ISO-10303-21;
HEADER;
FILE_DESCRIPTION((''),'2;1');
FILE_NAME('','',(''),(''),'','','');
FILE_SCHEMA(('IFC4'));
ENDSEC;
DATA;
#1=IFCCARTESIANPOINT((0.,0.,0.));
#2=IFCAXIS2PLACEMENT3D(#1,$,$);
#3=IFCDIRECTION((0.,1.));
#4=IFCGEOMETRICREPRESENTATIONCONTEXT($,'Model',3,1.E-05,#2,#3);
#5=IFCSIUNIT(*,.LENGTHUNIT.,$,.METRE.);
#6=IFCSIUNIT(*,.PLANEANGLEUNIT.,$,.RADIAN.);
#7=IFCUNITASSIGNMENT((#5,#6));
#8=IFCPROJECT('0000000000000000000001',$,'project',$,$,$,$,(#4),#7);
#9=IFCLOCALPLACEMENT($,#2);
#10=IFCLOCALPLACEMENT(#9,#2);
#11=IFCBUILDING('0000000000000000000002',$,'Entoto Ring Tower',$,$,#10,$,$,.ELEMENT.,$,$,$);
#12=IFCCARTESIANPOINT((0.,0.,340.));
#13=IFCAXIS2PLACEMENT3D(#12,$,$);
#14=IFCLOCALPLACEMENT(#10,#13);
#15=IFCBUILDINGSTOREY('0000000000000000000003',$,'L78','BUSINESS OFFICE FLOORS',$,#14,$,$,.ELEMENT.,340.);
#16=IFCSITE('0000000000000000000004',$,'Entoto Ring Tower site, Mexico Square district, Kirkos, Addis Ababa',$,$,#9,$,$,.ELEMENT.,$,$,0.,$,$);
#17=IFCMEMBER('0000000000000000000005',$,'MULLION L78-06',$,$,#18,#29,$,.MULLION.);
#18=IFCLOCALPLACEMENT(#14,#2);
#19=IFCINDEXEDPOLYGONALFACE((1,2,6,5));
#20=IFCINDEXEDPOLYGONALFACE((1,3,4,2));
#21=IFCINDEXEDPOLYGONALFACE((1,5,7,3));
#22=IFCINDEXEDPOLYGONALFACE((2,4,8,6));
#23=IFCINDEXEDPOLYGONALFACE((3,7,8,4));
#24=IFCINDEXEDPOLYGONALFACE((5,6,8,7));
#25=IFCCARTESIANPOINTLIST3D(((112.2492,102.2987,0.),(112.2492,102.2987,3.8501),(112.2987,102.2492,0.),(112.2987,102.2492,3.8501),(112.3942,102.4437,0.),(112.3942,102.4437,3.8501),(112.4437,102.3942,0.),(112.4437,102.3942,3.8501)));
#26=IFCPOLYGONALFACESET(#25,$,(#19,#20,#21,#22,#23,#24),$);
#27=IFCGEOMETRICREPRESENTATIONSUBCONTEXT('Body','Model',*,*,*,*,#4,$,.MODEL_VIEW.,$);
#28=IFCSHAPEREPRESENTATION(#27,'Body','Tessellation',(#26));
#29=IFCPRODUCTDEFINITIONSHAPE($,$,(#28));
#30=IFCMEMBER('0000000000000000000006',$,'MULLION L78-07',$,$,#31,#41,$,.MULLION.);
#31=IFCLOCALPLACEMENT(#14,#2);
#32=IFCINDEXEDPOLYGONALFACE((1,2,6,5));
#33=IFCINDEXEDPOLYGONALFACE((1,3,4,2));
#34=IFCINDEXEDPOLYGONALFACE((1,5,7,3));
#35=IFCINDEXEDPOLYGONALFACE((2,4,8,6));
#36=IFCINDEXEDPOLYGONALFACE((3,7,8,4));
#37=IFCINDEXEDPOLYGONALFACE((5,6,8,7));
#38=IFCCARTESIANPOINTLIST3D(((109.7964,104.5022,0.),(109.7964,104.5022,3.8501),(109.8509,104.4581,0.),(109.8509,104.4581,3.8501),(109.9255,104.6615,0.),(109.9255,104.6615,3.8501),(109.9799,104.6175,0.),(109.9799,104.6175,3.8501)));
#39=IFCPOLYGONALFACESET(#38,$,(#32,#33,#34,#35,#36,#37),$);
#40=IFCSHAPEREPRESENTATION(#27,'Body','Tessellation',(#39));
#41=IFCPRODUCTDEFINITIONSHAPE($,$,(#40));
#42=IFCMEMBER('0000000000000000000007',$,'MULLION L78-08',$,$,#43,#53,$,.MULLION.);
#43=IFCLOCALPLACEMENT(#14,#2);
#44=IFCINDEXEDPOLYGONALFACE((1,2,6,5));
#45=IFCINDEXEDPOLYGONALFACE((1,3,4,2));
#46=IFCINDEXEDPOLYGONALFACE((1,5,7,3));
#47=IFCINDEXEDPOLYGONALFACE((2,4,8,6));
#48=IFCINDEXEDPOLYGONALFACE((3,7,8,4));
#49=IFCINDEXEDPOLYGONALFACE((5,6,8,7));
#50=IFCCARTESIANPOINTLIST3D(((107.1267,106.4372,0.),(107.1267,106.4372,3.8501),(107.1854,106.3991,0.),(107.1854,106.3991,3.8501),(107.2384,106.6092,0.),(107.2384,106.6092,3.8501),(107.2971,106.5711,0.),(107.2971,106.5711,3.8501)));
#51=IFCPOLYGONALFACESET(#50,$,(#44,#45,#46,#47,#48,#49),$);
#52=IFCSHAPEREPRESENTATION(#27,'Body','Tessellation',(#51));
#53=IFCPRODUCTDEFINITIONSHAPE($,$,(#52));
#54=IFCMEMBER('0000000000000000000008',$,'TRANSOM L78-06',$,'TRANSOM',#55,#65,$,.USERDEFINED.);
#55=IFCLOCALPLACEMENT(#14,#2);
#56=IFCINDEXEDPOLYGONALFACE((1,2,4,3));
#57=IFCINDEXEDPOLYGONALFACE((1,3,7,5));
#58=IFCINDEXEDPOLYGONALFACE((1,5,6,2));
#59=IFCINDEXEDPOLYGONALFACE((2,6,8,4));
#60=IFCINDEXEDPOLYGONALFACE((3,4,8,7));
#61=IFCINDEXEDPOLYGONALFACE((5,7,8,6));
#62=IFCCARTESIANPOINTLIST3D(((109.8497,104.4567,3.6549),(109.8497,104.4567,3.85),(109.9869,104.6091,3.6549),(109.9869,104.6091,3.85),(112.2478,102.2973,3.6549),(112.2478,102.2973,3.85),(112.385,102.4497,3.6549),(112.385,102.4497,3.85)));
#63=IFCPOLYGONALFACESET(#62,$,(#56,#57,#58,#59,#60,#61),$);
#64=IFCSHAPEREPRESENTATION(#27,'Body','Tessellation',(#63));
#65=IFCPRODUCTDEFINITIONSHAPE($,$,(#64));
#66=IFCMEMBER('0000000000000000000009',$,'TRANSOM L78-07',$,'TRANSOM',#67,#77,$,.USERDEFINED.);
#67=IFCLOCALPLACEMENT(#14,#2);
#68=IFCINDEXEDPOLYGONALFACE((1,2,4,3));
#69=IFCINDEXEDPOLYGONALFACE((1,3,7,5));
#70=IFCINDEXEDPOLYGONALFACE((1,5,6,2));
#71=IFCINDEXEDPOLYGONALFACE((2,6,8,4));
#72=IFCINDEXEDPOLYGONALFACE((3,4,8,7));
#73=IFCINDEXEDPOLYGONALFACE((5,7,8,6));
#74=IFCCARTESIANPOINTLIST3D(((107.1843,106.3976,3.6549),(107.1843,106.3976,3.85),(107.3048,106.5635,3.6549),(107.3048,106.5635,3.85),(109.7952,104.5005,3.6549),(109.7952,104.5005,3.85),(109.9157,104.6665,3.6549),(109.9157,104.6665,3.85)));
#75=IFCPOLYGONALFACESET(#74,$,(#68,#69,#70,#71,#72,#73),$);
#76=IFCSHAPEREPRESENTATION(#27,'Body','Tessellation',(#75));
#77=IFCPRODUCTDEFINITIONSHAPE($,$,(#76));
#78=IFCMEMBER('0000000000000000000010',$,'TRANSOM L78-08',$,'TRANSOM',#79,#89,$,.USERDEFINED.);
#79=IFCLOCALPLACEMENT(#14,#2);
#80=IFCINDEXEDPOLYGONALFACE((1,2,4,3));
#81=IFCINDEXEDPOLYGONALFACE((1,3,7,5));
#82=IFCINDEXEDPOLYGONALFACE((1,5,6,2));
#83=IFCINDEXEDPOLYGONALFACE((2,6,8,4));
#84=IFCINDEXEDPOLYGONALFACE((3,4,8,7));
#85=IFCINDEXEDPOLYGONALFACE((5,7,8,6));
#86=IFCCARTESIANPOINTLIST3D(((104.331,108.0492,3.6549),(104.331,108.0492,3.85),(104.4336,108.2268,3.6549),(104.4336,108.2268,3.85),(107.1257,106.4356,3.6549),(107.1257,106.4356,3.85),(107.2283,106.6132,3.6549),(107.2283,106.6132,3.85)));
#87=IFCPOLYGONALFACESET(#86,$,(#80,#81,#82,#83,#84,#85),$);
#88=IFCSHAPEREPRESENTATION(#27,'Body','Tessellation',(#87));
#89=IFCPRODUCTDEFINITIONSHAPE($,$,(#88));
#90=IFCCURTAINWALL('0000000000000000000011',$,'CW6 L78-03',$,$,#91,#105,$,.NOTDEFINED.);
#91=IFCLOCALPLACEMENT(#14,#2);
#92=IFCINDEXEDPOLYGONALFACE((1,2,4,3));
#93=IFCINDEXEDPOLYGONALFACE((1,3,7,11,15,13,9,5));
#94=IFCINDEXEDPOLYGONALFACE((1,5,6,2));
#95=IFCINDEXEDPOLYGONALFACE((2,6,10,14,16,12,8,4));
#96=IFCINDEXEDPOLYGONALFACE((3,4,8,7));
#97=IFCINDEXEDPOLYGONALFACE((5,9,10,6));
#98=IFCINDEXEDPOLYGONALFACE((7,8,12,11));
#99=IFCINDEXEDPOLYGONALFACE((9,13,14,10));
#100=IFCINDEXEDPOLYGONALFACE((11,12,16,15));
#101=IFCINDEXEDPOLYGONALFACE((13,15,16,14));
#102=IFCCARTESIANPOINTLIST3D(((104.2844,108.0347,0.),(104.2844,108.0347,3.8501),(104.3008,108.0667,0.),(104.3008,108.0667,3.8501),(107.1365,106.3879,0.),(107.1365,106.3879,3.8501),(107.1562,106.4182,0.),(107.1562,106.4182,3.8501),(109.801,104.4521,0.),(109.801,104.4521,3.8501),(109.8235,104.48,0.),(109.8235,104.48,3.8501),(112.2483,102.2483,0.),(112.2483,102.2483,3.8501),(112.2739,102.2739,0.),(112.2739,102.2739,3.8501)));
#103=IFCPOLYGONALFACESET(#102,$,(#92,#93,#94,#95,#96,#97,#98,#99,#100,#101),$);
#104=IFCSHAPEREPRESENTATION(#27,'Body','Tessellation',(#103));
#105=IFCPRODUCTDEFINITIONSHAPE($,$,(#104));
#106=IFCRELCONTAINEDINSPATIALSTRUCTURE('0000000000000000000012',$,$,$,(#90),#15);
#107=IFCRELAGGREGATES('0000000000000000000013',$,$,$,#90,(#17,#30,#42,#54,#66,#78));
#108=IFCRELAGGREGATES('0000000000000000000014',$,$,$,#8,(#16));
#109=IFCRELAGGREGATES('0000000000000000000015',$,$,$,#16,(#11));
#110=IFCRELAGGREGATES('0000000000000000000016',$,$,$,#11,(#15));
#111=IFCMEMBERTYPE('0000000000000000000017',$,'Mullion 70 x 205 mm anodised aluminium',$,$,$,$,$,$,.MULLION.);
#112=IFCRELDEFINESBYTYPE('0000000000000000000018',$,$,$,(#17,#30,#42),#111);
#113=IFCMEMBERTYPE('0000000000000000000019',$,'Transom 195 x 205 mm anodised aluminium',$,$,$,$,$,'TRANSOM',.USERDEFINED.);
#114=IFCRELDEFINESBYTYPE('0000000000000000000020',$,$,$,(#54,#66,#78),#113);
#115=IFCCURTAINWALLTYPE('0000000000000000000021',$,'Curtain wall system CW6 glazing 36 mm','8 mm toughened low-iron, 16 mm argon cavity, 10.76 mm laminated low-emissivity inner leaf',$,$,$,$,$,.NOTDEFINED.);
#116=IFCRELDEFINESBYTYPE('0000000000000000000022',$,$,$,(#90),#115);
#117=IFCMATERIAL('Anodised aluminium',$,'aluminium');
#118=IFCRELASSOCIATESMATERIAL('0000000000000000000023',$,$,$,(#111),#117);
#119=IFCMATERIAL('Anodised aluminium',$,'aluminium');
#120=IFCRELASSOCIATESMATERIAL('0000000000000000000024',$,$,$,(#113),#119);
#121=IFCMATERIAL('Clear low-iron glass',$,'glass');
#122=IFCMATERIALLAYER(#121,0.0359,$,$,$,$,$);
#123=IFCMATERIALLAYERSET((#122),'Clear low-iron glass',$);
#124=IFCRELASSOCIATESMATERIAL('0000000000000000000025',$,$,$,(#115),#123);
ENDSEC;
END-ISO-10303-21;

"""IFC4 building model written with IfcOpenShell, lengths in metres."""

from ifc_helpers import new_model, si_unit, direction, frame, origin, origin_2d, place, context, subcontext, project, spatial, polyline, rectangle, outline, extrude, material, layer, layer_set, material_profile, profile_set, type_object, element, aggregate, save


model = new_model("IFC4")

# Units and contexts
model_context = context("Model", 3, precision=1e-05, world=origin(), true_north=direction((0.0, 1.0)))
body_context = subcontext(model_context, "Body", "Model", "MODEL_VIEW")
ifc_project = project(units=[si_unit("LENGTHUNIT", "METRE"), si_unit("PLANEANGLEUNIT", "RADIAN")], contexts=[model_context])

# Members
ifc_material_1 = material(Name="Anodised aluminium", Category="aluminium")
ifc_material_profile_1 = material_profile(ifc_material_1, rectangle(XDim=0.0701, YDim=0.2051, at=origin_2d()), Name="Mullion 70 x 205 mm anodised aluminium")
ifc_profile_set_1 = profile_set([ifc_material_profile_1], Name="Anodised aluminium")
member_type_1 = type_object("IfcMemberType", Name="Mullion 70 x 205 mm anodised aluminium", PredefinedType="MULLION", material=ifc_profile_set_1)
site_placement = place(None, origin())
building_placement = place(site_placement, origin())
storey_placement = place(building_placement, frame((0.0, 0.0, 340.0)))
member_1_placement = place(storey_placement, frame((112.3464, 102.3464, 0.0), z_axis=(0.0, 0.0, 1.0), x_axis=(-0.707107, 0.707107, 0.0)))
member_1 = element("IfcMember", 1, at=member_1_placement, type_object=member_type_1, Name="MULLION L78-06", PredefinedType="MULLION", context=body_context, shape_type="SweptSolid", body=[
    extrude(rectangle(XDim=0.0701, YDim=0.2051, at=origin_2d()), origin(), (0.0, 0.0, 1.0), 3.8501),
])
member_2_placement = place(storey_placement, frame((109.8882, 104.5598, 0.0), z_axis=(0.0, 0.0, 1.0), x_axis=(-0.777146, 0.62932, 0.0)))
member_2 = element("IfcMember", 2, at=member_2_placement, type_object=member_type_1, Name="MULLION L78-07", PredefinedType="MULLION", context=body_context, shape_type="SweptSolid", body=[
    extrude(rectangle(XDim=0.0701, YDim=0.2051, at=origin_2d()), origin(), (0.0, 0.0, 1.0), 3.8501),
])
member_3_placement = place(storey_placement, frame((107.2119, 106.5042, 0.0), z_axis=(0.0, 0.0, 1.0), x_axis=(-0.838671, 0.544639, 0.0)))
member_3 = element("IfcMember", 3, at=member_3_placement, type_object=member_type_1, Name="MULLION L78-08", PredefinedType="MULLION", context=body_context, shape_type="SweptSolid", body=[
    extrude(rectangle(XDim=0.0701, YDim=0.2051, at=origin_2d()), origin(), (0.0, 0.0, 1.0), 3.8501),
])
ifc_material_2 = material(Name="Anodised aluminium", Category="aluminium")
ifc_material_profile_2 = material_profile(ifc_material_2, rectangle(XDim=0.2051, YDim=0.1951, at=origin_2d()), Name="Transom 195 x 205 mm anodised aluminium")
ifc_profile_set_2 = profile_set([ifc_material_profile_2], Name="Anodised aluminium")
member_type_2 = type_object("IfcMemberType", Name="Transom 195 x 205 mm anodised aluminium", ElementType="TRANSOM", PredefinedType="USERDEFINED", material=ifc_profile_set_2)
member_4_placement = place(storey_placement, frame((112.3164, 102.3735, 3.7524), z_axis=(-0.743132, 0.669144, 0.0), x_axis=(-0.669144, -0.743132, 0.0)))
member_4 = element("IfcMember", 4, at=member_4_placement, type_object=member_type_2, Name="TRANSOM L78-06", ObjectType="TRANSOM", PredefinedType="USERDEFINED", context=body_context, shape_type="SweptSolid", body=[
    extrude(rectangle(XDim=0.2051, YDim=0.1951, at=origin_2d()), origin(), (0.0, 0.0, 1.0), 3.2271),
])
member_5_placement = place(storey_placement, frame((109.8555, 104.5835, 3.7524), z_axis=(-0.809004, 0.587803, 0.0), x_axis=(-0.587803, -0.809004, 0.0)))
member_5 = element("IfcMember", 5, at=member_5_placement, type_object=member_type_2, Name="TRANSOM L78-07", ObjectType="TRANSOM", PredefinedType="USERDEFINED", context=body_context, shape_type="SweptSolid", body=[
    extrude(rectangle(XDim=0.2051, YDim=0.1951, at=origin_2d()), origin(), (0.0, 0.0, 1.0), 3.2273),
])
member_6_placement = place(storey_placement, frame((107.177, 106.5244, 3.7524), z_axis=(-0.866023, 0.500004, 0.0), x_axis=(-0.500004, -0.866023, 0.0)))
member_6 = element("IfcMember", 6, at=member_6_placement, type_object=member_type_2, Name="TRANSOM L78-08", ObjectType="TRANSOM", PredefinedType="USERDEFINED", context=body_context, shape_type="SweptSolid", body=[
    extrude(rectangle(XDim=0.2051, YDim=0.1951, at=origin_2d()), origin(), (0.0, 0.0, 1.0), 3.2271),
])

# Site, building, storey
site = spatial("IfcSite", under=ifc_project, at=site_placement, Name="Entoto Ring Tower site, Mexico Square district, Kirkos, Addis Ababa", CompositionType="ELEMENT", RefElevation=0.0)
building = spatial("IfcBuilding", under=site, at=building_placement, Name="Entoto Ring Tower", CompositionType="ELEMENT")
storey = spatial("IfcBuildingStorey", under=building, at=storey_placement, Name="L78", Description="BUSINESS OFFICE FLOORS", CompositionType="ELEMENT", Elevation=340.0)

# Curtain wall
ifc_material_3 = material(Name="Clear low-iron glass", Category="glass")
ifc_layer = layer(ifc_material_3, 0.0359)
ifc_layer_set = layer_set([ifc_layer], Name="Clear low-iron glass")
curtain_wall_type = type_object("IfcCurtainWallType", Name="Curtain wall system CW6 glazing 36 mm", Description="8 mm toughened low-iron, 16 mm argon cavity, 10.76 mm laminated low-emissivity inner leaf", PredefinedType="NOTDEFINED", material=ifc_layer_set)
curtain_wall_1_placement = place(storey_placement, origin())
curtain_wall_1 = element("IfcCurtainWall", 7, at=curtain_wall_1_placement, inside=storey, type_object=curtain_wall_type, Name="CW6 L78-03", PredefinedType="NOTDEFINED", context=body_context, shape_type="SweptSolid", body=[
    extrude(outline(polyline([(112.2739, 102.2739), (109.8235, 104.48), (107.1562, 106.4182), (104.3008, 108.0667), (104.2844, 108.0347), (107.1365, 106.3879), (109.801, 104.4521), (112.2483, 102.2483), (112.2739, 102.2739)])), origin(), (0.0, 0.0, 1.0), 3.8501),
])
aggregate(curtain_wall_1, [member_1, member_2, member_3, member_4, member_5, member_6])

save(model, "model.ifc")
